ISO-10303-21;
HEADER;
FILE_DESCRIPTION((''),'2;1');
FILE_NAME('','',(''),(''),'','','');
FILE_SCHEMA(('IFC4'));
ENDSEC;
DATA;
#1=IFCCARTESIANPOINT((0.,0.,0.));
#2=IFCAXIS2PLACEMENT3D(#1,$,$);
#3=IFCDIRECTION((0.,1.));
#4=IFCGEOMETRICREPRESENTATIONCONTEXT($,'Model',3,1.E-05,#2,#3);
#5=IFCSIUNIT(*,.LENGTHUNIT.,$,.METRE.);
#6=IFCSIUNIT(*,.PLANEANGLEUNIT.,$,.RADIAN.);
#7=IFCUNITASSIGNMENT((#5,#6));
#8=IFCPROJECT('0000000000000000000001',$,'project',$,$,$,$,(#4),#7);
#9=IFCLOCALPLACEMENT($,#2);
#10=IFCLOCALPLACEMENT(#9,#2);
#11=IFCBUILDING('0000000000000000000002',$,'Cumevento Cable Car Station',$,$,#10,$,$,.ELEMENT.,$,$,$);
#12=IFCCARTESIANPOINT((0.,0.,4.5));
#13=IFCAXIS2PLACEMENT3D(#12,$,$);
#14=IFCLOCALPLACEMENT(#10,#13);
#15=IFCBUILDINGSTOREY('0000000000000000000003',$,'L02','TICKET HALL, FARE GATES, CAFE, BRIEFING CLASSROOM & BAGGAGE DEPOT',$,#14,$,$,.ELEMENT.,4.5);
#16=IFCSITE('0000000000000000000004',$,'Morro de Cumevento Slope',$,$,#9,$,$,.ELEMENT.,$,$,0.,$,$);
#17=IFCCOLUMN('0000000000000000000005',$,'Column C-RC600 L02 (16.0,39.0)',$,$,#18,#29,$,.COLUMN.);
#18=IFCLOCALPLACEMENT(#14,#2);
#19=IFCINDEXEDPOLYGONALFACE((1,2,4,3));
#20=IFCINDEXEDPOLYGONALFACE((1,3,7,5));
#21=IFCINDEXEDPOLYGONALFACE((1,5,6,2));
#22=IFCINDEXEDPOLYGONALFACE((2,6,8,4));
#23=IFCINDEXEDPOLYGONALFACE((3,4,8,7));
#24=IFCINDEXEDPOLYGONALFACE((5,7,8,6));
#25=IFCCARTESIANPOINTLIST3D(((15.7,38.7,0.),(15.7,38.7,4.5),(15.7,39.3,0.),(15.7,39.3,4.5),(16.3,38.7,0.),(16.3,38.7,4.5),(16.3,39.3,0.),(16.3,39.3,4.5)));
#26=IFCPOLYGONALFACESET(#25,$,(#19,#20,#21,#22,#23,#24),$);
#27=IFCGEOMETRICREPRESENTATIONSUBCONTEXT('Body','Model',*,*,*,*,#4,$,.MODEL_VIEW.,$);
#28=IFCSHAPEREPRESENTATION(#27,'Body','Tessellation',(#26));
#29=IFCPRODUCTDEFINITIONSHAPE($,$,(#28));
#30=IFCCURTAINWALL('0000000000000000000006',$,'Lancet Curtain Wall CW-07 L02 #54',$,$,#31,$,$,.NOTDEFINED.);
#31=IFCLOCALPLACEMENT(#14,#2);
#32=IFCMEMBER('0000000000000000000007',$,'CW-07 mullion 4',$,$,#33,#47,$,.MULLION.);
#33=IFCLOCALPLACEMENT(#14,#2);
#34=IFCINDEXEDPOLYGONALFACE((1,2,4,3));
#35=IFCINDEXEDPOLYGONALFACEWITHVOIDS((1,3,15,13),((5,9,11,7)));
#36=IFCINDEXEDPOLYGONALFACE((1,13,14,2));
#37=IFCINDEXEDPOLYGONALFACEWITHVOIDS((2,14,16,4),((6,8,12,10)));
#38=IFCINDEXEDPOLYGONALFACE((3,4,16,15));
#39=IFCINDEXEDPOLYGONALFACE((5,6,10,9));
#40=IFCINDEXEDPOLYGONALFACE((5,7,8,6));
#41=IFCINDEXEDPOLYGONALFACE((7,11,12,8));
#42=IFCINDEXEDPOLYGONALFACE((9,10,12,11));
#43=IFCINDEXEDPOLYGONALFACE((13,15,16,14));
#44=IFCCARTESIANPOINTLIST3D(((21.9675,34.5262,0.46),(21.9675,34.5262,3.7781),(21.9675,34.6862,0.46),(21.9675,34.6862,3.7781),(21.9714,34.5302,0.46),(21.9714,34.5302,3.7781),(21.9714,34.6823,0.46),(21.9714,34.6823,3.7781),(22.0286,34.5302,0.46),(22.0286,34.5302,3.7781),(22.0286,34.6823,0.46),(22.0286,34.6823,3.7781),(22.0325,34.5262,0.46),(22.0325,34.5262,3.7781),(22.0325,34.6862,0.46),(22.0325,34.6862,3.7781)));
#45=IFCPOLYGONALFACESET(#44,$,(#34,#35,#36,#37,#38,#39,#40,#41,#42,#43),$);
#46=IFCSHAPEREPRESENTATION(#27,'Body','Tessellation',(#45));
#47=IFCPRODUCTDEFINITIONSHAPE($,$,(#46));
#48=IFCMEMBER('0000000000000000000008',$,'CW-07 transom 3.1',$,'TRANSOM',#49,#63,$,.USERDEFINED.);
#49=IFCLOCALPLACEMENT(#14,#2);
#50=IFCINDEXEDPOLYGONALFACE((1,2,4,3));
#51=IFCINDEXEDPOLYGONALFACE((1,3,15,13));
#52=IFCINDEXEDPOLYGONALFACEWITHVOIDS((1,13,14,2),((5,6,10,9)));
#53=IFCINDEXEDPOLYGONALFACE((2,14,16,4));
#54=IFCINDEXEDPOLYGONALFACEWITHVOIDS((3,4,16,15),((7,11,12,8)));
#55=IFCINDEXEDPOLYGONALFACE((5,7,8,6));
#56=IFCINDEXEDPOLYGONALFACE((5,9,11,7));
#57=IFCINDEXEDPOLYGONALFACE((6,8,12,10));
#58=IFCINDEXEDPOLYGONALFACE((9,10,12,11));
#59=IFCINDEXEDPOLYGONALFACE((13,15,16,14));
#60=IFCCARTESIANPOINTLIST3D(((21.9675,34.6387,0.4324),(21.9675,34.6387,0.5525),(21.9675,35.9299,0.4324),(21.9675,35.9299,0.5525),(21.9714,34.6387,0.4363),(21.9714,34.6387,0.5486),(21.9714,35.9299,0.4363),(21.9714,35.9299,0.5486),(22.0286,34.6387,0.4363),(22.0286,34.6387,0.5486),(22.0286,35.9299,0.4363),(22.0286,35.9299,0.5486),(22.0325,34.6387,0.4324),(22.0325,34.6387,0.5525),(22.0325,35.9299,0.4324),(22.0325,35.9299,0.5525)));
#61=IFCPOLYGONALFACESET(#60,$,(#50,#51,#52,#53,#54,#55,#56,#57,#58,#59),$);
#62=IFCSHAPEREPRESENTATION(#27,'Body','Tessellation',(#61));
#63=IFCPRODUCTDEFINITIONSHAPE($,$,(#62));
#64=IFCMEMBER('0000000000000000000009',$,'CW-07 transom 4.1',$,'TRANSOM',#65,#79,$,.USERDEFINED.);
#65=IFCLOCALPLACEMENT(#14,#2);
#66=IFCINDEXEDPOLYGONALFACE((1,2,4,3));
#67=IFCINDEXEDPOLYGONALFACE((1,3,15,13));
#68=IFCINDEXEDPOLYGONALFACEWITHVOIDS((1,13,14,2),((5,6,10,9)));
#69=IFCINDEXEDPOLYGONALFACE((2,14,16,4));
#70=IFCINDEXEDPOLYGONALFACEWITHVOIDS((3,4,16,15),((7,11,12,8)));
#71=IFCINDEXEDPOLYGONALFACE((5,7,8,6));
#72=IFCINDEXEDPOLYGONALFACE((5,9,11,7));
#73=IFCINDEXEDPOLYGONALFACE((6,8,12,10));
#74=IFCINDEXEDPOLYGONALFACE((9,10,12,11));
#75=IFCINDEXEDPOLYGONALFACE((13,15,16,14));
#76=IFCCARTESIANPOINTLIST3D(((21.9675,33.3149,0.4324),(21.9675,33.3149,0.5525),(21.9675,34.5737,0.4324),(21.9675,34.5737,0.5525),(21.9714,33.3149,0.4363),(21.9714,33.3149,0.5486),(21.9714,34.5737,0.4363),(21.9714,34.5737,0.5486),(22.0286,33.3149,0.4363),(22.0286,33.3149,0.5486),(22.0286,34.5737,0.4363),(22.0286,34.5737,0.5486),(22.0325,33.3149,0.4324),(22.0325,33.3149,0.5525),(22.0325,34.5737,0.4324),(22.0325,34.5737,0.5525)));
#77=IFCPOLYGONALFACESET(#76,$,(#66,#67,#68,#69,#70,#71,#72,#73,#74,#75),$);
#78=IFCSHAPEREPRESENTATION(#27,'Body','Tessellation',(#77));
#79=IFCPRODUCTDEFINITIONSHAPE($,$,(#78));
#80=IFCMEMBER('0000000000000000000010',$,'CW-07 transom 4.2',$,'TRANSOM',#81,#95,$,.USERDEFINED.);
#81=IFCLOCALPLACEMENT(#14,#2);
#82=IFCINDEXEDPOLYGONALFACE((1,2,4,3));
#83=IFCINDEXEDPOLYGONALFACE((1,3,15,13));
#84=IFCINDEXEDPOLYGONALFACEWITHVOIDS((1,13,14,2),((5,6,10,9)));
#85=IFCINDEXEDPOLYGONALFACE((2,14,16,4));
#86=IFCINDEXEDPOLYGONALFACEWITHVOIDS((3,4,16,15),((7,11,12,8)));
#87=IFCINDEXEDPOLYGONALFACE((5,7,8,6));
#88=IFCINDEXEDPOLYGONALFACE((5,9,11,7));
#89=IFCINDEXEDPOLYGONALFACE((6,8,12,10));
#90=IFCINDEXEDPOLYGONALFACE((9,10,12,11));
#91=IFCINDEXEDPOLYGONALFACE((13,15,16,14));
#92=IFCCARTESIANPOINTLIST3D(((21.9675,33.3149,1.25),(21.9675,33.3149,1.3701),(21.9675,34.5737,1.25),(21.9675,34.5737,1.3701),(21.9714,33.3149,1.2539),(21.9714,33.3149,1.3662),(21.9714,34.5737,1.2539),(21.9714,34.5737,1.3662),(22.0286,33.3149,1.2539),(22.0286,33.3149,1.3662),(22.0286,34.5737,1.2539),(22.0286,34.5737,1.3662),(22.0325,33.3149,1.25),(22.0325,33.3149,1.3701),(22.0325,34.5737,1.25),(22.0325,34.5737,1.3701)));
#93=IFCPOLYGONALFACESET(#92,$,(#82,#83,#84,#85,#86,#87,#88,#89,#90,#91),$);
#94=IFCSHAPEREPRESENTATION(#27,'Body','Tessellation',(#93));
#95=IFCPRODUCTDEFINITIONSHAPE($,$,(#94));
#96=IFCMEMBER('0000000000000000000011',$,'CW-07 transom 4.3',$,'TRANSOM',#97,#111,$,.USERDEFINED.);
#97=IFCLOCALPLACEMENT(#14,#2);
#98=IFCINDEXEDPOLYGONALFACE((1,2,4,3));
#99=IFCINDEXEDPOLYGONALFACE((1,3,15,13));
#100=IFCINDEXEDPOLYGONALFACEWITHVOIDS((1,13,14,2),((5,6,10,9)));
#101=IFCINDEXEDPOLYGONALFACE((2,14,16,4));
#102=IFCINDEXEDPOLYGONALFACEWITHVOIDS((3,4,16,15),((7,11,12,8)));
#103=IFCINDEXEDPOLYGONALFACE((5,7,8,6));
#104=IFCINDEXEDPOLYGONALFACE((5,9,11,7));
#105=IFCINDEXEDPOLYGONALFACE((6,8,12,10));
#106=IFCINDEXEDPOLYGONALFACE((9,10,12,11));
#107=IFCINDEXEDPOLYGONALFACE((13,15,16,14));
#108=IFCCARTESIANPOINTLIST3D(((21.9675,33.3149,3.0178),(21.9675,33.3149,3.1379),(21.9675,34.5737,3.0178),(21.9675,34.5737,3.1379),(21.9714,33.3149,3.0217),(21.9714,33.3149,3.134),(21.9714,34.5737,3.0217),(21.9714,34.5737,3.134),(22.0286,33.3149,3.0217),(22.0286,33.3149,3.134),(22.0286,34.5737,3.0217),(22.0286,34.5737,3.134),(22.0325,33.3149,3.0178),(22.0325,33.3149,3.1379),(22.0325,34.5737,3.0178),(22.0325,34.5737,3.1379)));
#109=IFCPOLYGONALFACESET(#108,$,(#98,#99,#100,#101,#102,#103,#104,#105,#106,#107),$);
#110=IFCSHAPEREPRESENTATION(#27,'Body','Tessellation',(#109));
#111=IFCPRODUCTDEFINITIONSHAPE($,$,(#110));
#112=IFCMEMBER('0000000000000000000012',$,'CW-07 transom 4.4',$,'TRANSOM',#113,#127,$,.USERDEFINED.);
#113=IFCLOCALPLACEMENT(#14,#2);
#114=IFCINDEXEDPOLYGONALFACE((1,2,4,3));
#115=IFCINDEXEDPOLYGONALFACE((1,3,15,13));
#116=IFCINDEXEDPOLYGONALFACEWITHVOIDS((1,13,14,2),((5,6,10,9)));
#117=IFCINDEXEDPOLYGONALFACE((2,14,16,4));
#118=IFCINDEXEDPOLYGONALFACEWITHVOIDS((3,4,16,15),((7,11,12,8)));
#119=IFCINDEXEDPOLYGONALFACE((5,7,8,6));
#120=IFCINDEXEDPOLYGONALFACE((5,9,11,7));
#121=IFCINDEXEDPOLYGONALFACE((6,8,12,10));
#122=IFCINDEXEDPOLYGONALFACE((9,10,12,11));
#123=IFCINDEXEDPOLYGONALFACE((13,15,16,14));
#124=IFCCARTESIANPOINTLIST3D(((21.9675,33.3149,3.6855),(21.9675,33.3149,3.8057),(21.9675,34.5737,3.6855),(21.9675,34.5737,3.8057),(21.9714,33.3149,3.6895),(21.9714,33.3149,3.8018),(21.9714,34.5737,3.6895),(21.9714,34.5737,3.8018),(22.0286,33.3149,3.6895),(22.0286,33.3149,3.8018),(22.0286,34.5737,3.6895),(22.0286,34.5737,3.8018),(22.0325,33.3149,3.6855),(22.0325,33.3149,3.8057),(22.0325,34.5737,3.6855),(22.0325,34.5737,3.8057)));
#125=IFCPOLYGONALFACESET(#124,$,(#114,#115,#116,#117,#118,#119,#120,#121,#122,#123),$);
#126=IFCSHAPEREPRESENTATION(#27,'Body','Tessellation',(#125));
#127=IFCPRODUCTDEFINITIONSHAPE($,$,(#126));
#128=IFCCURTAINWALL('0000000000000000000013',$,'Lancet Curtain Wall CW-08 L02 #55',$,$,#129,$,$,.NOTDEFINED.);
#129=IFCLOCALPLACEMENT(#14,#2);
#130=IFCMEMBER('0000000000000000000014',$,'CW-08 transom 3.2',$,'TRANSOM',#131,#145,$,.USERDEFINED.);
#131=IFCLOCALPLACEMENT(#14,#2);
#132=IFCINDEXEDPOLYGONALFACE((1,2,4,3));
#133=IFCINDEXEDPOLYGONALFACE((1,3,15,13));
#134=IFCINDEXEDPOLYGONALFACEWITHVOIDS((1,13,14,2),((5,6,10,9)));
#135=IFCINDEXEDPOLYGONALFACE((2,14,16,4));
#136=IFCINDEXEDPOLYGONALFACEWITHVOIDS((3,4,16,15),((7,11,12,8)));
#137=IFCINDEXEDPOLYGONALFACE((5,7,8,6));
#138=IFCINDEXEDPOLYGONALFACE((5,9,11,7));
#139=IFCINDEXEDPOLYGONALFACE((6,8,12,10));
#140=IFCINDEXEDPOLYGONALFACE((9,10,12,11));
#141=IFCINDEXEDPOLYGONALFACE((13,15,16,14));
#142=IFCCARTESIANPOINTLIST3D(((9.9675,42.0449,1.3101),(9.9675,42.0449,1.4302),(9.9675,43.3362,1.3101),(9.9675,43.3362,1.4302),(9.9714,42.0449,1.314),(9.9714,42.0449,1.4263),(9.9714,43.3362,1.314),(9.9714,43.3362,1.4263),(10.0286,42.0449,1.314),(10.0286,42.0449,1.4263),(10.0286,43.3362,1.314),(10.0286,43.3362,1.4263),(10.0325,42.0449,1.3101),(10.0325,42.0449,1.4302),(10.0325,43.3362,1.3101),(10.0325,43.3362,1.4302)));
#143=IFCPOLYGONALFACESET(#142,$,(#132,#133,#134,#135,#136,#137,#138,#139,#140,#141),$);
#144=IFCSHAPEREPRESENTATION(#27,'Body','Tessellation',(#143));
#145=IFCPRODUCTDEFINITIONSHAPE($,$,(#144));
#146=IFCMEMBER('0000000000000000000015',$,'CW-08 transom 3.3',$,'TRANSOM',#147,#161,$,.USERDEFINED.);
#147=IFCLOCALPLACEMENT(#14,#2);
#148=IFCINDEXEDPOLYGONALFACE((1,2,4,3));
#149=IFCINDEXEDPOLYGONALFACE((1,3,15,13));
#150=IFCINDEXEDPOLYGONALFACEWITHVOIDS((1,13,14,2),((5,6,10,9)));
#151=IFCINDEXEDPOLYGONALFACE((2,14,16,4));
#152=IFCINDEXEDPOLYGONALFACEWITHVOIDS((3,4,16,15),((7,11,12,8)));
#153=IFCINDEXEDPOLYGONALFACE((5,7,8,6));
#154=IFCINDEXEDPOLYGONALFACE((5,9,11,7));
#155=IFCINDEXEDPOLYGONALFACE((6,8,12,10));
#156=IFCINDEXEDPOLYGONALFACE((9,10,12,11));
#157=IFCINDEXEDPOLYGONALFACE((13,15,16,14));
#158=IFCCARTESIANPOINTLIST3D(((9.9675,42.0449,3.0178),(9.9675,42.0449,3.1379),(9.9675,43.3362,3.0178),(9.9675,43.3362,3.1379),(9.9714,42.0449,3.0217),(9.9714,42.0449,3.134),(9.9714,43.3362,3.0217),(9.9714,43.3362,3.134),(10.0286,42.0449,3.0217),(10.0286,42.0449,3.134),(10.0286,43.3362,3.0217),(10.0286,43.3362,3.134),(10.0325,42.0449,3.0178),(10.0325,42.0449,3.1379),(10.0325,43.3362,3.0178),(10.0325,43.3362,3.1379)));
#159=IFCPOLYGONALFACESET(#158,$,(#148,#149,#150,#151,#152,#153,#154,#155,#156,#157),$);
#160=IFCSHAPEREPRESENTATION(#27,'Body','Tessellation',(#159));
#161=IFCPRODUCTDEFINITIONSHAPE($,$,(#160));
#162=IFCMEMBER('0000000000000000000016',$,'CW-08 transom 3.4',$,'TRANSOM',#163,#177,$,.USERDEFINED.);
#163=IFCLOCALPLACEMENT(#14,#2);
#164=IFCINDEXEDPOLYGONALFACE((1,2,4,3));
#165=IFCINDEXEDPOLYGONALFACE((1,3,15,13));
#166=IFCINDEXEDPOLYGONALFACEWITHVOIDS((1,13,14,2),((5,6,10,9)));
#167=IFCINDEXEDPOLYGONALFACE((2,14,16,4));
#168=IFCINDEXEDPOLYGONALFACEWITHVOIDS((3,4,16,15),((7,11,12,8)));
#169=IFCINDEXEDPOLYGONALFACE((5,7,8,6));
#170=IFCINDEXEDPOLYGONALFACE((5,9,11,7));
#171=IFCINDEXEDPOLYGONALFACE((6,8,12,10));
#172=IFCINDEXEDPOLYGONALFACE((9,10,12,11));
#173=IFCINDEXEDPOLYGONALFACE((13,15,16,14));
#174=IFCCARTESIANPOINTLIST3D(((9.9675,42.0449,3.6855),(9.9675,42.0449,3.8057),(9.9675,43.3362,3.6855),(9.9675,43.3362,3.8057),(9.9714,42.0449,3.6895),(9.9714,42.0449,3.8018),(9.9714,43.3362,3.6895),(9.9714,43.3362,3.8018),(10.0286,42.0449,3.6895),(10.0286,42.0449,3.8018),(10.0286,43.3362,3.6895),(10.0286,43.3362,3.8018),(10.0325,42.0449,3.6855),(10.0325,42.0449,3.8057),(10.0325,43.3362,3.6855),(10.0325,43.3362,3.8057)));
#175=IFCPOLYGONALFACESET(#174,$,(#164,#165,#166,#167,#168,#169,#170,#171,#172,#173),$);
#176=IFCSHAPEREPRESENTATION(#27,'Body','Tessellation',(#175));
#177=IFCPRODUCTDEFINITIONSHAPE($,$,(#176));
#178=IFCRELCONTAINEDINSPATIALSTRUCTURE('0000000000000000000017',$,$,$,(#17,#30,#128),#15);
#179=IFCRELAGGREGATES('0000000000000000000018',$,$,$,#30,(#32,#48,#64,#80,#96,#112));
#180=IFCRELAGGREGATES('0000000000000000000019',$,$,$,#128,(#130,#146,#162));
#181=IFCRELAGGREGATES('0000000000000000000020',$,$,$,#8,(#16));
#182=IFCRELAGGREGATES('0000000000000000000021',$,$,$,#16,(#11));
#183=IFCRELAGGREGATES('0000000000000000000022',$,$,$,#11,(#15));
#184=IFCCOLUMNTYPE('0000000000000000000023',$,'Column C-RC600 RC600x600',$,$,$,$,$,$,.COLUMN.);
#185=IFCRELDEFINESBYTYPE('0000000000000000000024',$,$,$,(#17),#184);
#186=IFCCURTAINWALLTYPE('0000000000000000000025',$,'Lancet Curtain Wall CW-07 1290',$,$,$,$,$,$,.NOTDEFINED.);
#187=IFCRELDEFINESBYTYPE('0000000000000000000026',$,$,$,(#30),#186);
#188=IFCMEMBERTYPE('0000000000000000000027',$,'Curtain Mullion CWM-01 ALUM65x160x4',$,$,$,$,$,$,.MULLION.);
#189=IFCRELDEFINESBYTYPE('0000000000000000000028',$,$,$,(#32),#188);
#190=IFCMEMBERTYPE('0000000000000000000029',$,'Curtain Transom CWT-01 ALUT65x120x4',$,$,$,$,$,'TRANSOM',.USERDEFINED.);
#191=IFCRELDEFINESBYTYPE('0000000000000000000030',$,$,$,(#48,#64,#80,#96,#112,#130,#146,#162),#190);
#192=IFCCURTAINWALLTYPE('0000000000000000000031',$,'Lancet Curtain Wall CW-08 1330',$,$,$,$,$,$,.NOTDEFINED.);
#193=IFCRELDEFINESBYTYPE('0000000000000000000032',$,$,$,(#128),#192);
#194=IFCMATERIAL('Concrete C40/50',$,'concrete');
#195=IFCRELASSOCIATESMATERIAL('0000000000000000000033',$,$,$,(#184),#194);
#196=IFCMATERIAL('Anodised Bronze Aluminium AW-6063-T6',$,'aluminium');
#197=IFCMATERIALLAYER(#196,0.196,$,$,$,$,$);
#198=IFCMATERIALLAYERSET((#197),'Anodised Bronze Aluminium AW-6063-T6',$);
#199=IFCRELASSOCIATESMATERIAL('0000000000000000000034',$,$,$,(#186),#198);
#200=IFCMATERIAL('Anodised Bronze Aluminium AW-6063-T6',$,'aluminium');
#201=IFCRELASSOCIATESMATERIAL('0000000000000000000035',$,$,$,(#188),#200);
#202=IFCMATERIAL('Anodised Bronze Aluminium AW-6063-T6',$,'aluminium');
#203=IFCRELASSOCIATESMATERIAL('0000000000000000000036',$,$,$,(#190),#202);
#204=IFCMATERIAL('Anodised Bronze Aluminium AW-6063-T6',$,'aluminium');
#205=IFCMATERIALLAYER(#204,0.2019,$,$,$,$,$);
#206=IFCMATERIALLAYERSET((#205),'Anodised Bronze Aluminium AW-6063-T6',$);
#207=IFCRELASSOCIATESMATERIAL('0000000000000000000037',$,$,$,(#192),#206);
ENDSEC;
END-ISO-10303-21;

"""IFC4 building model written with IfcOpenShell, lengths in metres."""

from ifc_helpers import new_model, si_unit, direction, frame, origin, origin_2d, place, context, subcontext, project, spatial, rectangle, hollow_rectangle, extrude, material, layer, layer_set, material_profile, profile_set, type_object, element, aggregate, save


model = new_model("IFC4")

# Units and contexts
model_context = context("Model", 3, precision=1e-05, world=origin(), true_north=direction((0.0, 1.0)))
body_context = subcontext(model_context, "Body", "Model", "MODEL_VIEW")
ifc_project = project(units=[si_unit("LENGTHUNIT", "METRE"), si_unit("PLANEANGLEUNIT", "RADIAN")], contexts=[model_context])

# Site, building, storey
site_placement = place(None, origin())
site = spatial("IfcSite", under=ifc_project, at=site_placement, Name="Morro de Cumevento Slope", CompositionType="ELEMENT", RefElevation=0.0)
building_placement = place(site_placement, origin())
building = spatial("IfcBuilding", under=site, at=building_placement, Name="Cumevento Cable Car Station", CompositionType="ELEMENT")
storey_placement = place(building_placement, frame((0.0, 0.0, 4.5)))
storey = spatial("IfcBuildingStorey", under=building, at=storey_placement, Name="L02", Description="TICKET HALL, FARE GATES, CAFE, BRIEFING CLASSROOM & BAGGAGE DEPOT", CompositionType="ELEMENT", Elevation=4.5)

# Column
ifc_material_1 = material(Name="Concrete C40/50", Category="concrete")
ifc_material_profile_1 = material_profile(ifc_material_1, rectangle(XDim=0.6001, YDim=0.6001, at=origin_2d()), Name="RC600x600")
ifc_profile_set_1 = profile_set([ifc_material_profile_1], Name="Concrete C40/50")
column_type = type_object("IfcColumnType", Name="Column C-RC600 RC600x600", PredefinedType="COLUMN", material=ifc_profile_set_1)
column_placement = place(storey_placement, frame((16.0, 39.0, 0.0), z_axis=(0.0, 0.0, 1.0), x_axis=(1.0, 0.0, 0.0)))
element("IfcColumn", 1, at=column_placement, inside=storey, type_object=column_type, Name="Column C-RC600 L02 (16.0,39.0)", PredefinedType="COLUMN", context=body_context, shape_type="SweptSolid", body=[
    extrude(rectangle(XDim=0.6001, YDim=0.6001, at=origin_2d()), origin(), (0.0, 0.0, 1.0), 4.5),
])

# Curtain walls, members
ifc_material_2 = material(Name="Anodised Bronze Aluminium AW-6063-T6", Category="aluminium")
ifc_layer_1 = layer(ifc_material_2, 0.196)
ifc_layer_set_1 = layer_set([ifc_layer_1], Name="Anodised Bronze Aluminium AW-6063-T6")
curtain_wall_type_1 = type_object("IfcCurtainWallType", Name="Lancet Curtain Wall CW-07 1290", PredefinedType="NOTDEFINED", material=ifc_layer_set_1)
curtain_wall_1_placement = place(storey_placement, origin())
curtain_wall_1 = element("IfcCurtainWall", 2, at=curtain_wall_1_placement, inside=storey, type_object=curtain_wall_type_1, Name="Lancet Curtain Wall CW-07 L02 #54", PredefinedType="NOTDEFINED")
ifc_material_3 = material(Name="Anodised Bronze Aluminium AW-6063-T6", Category="aluminium")
ifc_material_profile_2 = material_profile(ifc_material_3, hollow_rectangle(XDim=0.0649, YDim=0.1599, WallThickness=0.0039, at=origin_2d()), Name="ALUM65x160x4")
ifc_profile_set_2 = profile_set([ifc_material_profile_2], Name="Anodised Bronze Aluminium AW-6063-T6")
member_type_1 = type_object("IfcMemberType", Name="Curtain Mullion CWM-01 ALUM65x160x4", PredefinedType="MULLION", material=ifc_profile_set_2)
member_1_placement = place(storey_placement, frame((22.0, 34.6062, 0.46), z_axis=(0.0, 0.0, 1.0), x_axis=(1.0, 0.0, 0.0)))
member_1 = element("IfcMember", 3, at=member_1_placement, type_object=member_type_1, Name="CW-07 mullion 4", PredefinedType="MULLION", context=body_context, shape_type="SweptSolid", body=[
    extrude(hollow_rectangle(XDim=0.0649, YDim=0.1599, WallThickness=0.0039, at=origin_2d()), origin(), (0.0, 0.0, 1.0), 3.3181),
])
ifc_material_4 = material(Name="Anodised Bronze Aluminium AW-6063-T6", Category="aluminium")
ifc_material_profile_3 = material_profile(ifc_material_4, hollow_rectangle(XDim=0.0649, YDim=0.1201, WallThickness=0.0039, at=origin_2d()), Name="ALUT65x120x4")
ifc_profile_set_3 = profile_set([ifc_material_profile_3], Name="Anodised Bronze Aluminium AW-6063-T6")
member_type_2 = type_object("IfcMemberType", Name="Curtain Transom CWT-01 ALUT65x120x4", ElementType="TRANSOM", PredefinedType="USERDEFINED", material=ifc_profile_set_3)
member_2_placement = place(storey_placement, frame((22.0, 35.9299, 0.4924), z_axis=(0.0, -1.0, 0.0), x_axis=(1.0, 0.0, 0.0)))
member_2 = element("IfcMember", 4, at=member_2_placement, type_object=member_type_2, Name="CW-07 transom 3.1", ObjectType="TRANSOM", PredefinedType="USERDEFINED", context=body_context, shape_type="SweptSolid", body=[
    extrude(hollow_rectangle(XDim=0.0649, YDim=0.1201, WallThickness=0.0039, at=origin_2d()), origin(), (0.0, 0.0, 1.0), 1.2913),
])
member_3_placement = place(storey_placement, frame((22.0, 34.5737, 0.4924), z_axis=(0.0, -1.0, 0.0), x_axis=(1.0, 0.0, 0.0)))
member_3 = element("IfcMember", 5, at=member_3_placement, type_object=member_type_2, Name="CW-07 transom 4.1", ObjectType="TRANSOM", PredefinedType="USERDEFINED", context=body_context, shape_type="SweptSolid", body=[
    extrude(hollow_rectangle(XDim=0.0649, YDim=0.1201, WallThickness=0.0039, at=origin_2d()), origin(), (0.0, 0.0, 1.0), 1.2588),
])
member_4_placement = place(storey_placement, frame((22.0, 34.5737, 1.3101), z_axis=(0.0, -1.0, 0.0), x_axis=(1.0, 0.0, 0.0)))
member_4 = element("IfcMember", 6, at=member_4_placement, type_object=member_type_2, Name="CW-07 transom 4.2", ObjectType="TRANSOM", PredefinedType="USERDEFINED", context=body_context, shape_type="SweptSolid", body=[
    extrude(hollow_rectangle(XDim=0.0649, YDim=0.1201, WallThickness=0.0039, at=origin_2d()), origin(), (0.0, 0.0, 1.0), 1.2588),
])
member_5_placement = place(storey_placement, frame((22.0, 34.5737, 3.0779), z_axis=(0.0, -1.0, 0.0), x_axis=(1.0, 0.0, 0.0)))
member_5 = element("IfcMember", 7, at=member_5_placement, type_object=member_type_2, Name="CW-07 transom 4.3", ObjectType="TRANSOM", PredefinedType="USERDEFINED", context=body_context, shape_type="SweptSolid", body=[
    extrude(hollow_rectangle(XDim=0.0649, YDim=0.1201, WallThickness=0.0039, at=origin_2d()), origin(), (0.0, 0.0, 1.0), 1.2588),
])
member_6_placement = place(storey_placement, frame((22.0, 34.5737, 3.7456), z_axis=(0.0, -1.0, 0.0), x_axis=(1.0, 0.0, 0.0)))
member_6 = element("IfcMember", 8, at=member_6_placement, type_object=member_type_2, Name="CW-07 transom 4.4", ObjectType="TRANSOM", PredefinedType="USERDEFINED", context=body_context, shape_type="SweptSolid", body=[
    extrude(hollow_rectangle(XDim=0.0649, YDim=0.1201, WallThickness=0.0039, at=origin_2d()), origin(), (0.0, 0.0, 1.0), 1.2588),
])
ifc_material_5 = material(Name="Anodised Bronze Aluminium AW-6063-T6", Category="aluminium")
ifc_layer_2 = layer(ifc_material_5, 0.2019)
ifc_layer_set_2 = layer_set([ifc_layer_2], Name="Anodised Bronze Aluminium AW-6063-T6")
curtain_wall_type_2 = type_object("IfcCurtainWallType", Name="Lancet Curtain Wall CW-08 1330", PredefinedType="NOTDEFINED", material=ifc_layer_set_2)
curtain_wall_2_placement = place(storey_placement, origin())
curtain_wall_2 = element("IfcCurtainWall", 9, at=curtain_wall_2_placement, inside=storey, type_object=curtain_wall_type_2, Name="Lancet Curtain Wall CW-08 L02 #55", PredefinedType="NOTDEFINED")
member_7_placement = place(storey_placement, frame((10.0, 42.0449, 1.3701), z_axis=(0.0, 1.0, 0.0), x_axis=(-1.0, 0.0, 0.0)))
member_7 = element("IfcMember", 10, at=member_7_placement, type_object=member_type_2, Name="CW-08 transom 3.2", ObjectType="TRANSOM", PredefinedType="USERDEFINED", context=body_context, shape_type="SweptSolid", body=[
    extrude(hollow_rectangle(XDim=0.0649, YDim=0.1201, WallThickness=0.0039, at=origin_2d()), origin(), (0.0, 0.0, 1.0), 1.2913),
])
member_8_placement = place(storey_placement, frame((10.0, 42.0449, 3.0779), z_axis=(0.0, 1.0, 0.0), x_axis=(-1.0, 0.0, 0.0)))
member_8 = element("IfcMember", 11, at=member_8_placement, type_object=member_type_2, Name="CW-08 transom 3.3", ObjectType="TRANSOM", PredefinedType="USERDEFINED", context=body_context, shape_type="SweptSolid", body=[
    extrude(hollow_rectangle(XDim=0.0649, YDim=0.1201, WallThickness=0.0039, at=origin_2d()), origin(), (0.0, 0.0, 1.0), 1.2913),
])
member_9_placement = place(storey_placement, frame((10.0, 42.0449, 3.7456), z_axis=(0.0, 1.0, 0.0), x_axis=(-1.0, 0.0, 0.0)))
member_9 = element("IfcMember", 12, at=member_9_placement, type_object=member_type_2, Name="CW-08 transom 3.4", ObjectType="TRANSOM", PredefinedType="USERDEFINED", context=body_context, shape_type="SweptSolid", body=[
    extrude(hollow_rectangle(XDim=0.0649, YDim=0.1201, WallThickness=0.0039, at=origin_2d()), origin(), (0.0, 0.0, 1.0), 1.2913),
])

aggregate(curtain_wall_1, [member_1, member_2, member_3, member_4, member_5, member_6])
aggregate(curtain_wall_2, [member_7, member_8, member_9])

save(model, "model.ifc")
